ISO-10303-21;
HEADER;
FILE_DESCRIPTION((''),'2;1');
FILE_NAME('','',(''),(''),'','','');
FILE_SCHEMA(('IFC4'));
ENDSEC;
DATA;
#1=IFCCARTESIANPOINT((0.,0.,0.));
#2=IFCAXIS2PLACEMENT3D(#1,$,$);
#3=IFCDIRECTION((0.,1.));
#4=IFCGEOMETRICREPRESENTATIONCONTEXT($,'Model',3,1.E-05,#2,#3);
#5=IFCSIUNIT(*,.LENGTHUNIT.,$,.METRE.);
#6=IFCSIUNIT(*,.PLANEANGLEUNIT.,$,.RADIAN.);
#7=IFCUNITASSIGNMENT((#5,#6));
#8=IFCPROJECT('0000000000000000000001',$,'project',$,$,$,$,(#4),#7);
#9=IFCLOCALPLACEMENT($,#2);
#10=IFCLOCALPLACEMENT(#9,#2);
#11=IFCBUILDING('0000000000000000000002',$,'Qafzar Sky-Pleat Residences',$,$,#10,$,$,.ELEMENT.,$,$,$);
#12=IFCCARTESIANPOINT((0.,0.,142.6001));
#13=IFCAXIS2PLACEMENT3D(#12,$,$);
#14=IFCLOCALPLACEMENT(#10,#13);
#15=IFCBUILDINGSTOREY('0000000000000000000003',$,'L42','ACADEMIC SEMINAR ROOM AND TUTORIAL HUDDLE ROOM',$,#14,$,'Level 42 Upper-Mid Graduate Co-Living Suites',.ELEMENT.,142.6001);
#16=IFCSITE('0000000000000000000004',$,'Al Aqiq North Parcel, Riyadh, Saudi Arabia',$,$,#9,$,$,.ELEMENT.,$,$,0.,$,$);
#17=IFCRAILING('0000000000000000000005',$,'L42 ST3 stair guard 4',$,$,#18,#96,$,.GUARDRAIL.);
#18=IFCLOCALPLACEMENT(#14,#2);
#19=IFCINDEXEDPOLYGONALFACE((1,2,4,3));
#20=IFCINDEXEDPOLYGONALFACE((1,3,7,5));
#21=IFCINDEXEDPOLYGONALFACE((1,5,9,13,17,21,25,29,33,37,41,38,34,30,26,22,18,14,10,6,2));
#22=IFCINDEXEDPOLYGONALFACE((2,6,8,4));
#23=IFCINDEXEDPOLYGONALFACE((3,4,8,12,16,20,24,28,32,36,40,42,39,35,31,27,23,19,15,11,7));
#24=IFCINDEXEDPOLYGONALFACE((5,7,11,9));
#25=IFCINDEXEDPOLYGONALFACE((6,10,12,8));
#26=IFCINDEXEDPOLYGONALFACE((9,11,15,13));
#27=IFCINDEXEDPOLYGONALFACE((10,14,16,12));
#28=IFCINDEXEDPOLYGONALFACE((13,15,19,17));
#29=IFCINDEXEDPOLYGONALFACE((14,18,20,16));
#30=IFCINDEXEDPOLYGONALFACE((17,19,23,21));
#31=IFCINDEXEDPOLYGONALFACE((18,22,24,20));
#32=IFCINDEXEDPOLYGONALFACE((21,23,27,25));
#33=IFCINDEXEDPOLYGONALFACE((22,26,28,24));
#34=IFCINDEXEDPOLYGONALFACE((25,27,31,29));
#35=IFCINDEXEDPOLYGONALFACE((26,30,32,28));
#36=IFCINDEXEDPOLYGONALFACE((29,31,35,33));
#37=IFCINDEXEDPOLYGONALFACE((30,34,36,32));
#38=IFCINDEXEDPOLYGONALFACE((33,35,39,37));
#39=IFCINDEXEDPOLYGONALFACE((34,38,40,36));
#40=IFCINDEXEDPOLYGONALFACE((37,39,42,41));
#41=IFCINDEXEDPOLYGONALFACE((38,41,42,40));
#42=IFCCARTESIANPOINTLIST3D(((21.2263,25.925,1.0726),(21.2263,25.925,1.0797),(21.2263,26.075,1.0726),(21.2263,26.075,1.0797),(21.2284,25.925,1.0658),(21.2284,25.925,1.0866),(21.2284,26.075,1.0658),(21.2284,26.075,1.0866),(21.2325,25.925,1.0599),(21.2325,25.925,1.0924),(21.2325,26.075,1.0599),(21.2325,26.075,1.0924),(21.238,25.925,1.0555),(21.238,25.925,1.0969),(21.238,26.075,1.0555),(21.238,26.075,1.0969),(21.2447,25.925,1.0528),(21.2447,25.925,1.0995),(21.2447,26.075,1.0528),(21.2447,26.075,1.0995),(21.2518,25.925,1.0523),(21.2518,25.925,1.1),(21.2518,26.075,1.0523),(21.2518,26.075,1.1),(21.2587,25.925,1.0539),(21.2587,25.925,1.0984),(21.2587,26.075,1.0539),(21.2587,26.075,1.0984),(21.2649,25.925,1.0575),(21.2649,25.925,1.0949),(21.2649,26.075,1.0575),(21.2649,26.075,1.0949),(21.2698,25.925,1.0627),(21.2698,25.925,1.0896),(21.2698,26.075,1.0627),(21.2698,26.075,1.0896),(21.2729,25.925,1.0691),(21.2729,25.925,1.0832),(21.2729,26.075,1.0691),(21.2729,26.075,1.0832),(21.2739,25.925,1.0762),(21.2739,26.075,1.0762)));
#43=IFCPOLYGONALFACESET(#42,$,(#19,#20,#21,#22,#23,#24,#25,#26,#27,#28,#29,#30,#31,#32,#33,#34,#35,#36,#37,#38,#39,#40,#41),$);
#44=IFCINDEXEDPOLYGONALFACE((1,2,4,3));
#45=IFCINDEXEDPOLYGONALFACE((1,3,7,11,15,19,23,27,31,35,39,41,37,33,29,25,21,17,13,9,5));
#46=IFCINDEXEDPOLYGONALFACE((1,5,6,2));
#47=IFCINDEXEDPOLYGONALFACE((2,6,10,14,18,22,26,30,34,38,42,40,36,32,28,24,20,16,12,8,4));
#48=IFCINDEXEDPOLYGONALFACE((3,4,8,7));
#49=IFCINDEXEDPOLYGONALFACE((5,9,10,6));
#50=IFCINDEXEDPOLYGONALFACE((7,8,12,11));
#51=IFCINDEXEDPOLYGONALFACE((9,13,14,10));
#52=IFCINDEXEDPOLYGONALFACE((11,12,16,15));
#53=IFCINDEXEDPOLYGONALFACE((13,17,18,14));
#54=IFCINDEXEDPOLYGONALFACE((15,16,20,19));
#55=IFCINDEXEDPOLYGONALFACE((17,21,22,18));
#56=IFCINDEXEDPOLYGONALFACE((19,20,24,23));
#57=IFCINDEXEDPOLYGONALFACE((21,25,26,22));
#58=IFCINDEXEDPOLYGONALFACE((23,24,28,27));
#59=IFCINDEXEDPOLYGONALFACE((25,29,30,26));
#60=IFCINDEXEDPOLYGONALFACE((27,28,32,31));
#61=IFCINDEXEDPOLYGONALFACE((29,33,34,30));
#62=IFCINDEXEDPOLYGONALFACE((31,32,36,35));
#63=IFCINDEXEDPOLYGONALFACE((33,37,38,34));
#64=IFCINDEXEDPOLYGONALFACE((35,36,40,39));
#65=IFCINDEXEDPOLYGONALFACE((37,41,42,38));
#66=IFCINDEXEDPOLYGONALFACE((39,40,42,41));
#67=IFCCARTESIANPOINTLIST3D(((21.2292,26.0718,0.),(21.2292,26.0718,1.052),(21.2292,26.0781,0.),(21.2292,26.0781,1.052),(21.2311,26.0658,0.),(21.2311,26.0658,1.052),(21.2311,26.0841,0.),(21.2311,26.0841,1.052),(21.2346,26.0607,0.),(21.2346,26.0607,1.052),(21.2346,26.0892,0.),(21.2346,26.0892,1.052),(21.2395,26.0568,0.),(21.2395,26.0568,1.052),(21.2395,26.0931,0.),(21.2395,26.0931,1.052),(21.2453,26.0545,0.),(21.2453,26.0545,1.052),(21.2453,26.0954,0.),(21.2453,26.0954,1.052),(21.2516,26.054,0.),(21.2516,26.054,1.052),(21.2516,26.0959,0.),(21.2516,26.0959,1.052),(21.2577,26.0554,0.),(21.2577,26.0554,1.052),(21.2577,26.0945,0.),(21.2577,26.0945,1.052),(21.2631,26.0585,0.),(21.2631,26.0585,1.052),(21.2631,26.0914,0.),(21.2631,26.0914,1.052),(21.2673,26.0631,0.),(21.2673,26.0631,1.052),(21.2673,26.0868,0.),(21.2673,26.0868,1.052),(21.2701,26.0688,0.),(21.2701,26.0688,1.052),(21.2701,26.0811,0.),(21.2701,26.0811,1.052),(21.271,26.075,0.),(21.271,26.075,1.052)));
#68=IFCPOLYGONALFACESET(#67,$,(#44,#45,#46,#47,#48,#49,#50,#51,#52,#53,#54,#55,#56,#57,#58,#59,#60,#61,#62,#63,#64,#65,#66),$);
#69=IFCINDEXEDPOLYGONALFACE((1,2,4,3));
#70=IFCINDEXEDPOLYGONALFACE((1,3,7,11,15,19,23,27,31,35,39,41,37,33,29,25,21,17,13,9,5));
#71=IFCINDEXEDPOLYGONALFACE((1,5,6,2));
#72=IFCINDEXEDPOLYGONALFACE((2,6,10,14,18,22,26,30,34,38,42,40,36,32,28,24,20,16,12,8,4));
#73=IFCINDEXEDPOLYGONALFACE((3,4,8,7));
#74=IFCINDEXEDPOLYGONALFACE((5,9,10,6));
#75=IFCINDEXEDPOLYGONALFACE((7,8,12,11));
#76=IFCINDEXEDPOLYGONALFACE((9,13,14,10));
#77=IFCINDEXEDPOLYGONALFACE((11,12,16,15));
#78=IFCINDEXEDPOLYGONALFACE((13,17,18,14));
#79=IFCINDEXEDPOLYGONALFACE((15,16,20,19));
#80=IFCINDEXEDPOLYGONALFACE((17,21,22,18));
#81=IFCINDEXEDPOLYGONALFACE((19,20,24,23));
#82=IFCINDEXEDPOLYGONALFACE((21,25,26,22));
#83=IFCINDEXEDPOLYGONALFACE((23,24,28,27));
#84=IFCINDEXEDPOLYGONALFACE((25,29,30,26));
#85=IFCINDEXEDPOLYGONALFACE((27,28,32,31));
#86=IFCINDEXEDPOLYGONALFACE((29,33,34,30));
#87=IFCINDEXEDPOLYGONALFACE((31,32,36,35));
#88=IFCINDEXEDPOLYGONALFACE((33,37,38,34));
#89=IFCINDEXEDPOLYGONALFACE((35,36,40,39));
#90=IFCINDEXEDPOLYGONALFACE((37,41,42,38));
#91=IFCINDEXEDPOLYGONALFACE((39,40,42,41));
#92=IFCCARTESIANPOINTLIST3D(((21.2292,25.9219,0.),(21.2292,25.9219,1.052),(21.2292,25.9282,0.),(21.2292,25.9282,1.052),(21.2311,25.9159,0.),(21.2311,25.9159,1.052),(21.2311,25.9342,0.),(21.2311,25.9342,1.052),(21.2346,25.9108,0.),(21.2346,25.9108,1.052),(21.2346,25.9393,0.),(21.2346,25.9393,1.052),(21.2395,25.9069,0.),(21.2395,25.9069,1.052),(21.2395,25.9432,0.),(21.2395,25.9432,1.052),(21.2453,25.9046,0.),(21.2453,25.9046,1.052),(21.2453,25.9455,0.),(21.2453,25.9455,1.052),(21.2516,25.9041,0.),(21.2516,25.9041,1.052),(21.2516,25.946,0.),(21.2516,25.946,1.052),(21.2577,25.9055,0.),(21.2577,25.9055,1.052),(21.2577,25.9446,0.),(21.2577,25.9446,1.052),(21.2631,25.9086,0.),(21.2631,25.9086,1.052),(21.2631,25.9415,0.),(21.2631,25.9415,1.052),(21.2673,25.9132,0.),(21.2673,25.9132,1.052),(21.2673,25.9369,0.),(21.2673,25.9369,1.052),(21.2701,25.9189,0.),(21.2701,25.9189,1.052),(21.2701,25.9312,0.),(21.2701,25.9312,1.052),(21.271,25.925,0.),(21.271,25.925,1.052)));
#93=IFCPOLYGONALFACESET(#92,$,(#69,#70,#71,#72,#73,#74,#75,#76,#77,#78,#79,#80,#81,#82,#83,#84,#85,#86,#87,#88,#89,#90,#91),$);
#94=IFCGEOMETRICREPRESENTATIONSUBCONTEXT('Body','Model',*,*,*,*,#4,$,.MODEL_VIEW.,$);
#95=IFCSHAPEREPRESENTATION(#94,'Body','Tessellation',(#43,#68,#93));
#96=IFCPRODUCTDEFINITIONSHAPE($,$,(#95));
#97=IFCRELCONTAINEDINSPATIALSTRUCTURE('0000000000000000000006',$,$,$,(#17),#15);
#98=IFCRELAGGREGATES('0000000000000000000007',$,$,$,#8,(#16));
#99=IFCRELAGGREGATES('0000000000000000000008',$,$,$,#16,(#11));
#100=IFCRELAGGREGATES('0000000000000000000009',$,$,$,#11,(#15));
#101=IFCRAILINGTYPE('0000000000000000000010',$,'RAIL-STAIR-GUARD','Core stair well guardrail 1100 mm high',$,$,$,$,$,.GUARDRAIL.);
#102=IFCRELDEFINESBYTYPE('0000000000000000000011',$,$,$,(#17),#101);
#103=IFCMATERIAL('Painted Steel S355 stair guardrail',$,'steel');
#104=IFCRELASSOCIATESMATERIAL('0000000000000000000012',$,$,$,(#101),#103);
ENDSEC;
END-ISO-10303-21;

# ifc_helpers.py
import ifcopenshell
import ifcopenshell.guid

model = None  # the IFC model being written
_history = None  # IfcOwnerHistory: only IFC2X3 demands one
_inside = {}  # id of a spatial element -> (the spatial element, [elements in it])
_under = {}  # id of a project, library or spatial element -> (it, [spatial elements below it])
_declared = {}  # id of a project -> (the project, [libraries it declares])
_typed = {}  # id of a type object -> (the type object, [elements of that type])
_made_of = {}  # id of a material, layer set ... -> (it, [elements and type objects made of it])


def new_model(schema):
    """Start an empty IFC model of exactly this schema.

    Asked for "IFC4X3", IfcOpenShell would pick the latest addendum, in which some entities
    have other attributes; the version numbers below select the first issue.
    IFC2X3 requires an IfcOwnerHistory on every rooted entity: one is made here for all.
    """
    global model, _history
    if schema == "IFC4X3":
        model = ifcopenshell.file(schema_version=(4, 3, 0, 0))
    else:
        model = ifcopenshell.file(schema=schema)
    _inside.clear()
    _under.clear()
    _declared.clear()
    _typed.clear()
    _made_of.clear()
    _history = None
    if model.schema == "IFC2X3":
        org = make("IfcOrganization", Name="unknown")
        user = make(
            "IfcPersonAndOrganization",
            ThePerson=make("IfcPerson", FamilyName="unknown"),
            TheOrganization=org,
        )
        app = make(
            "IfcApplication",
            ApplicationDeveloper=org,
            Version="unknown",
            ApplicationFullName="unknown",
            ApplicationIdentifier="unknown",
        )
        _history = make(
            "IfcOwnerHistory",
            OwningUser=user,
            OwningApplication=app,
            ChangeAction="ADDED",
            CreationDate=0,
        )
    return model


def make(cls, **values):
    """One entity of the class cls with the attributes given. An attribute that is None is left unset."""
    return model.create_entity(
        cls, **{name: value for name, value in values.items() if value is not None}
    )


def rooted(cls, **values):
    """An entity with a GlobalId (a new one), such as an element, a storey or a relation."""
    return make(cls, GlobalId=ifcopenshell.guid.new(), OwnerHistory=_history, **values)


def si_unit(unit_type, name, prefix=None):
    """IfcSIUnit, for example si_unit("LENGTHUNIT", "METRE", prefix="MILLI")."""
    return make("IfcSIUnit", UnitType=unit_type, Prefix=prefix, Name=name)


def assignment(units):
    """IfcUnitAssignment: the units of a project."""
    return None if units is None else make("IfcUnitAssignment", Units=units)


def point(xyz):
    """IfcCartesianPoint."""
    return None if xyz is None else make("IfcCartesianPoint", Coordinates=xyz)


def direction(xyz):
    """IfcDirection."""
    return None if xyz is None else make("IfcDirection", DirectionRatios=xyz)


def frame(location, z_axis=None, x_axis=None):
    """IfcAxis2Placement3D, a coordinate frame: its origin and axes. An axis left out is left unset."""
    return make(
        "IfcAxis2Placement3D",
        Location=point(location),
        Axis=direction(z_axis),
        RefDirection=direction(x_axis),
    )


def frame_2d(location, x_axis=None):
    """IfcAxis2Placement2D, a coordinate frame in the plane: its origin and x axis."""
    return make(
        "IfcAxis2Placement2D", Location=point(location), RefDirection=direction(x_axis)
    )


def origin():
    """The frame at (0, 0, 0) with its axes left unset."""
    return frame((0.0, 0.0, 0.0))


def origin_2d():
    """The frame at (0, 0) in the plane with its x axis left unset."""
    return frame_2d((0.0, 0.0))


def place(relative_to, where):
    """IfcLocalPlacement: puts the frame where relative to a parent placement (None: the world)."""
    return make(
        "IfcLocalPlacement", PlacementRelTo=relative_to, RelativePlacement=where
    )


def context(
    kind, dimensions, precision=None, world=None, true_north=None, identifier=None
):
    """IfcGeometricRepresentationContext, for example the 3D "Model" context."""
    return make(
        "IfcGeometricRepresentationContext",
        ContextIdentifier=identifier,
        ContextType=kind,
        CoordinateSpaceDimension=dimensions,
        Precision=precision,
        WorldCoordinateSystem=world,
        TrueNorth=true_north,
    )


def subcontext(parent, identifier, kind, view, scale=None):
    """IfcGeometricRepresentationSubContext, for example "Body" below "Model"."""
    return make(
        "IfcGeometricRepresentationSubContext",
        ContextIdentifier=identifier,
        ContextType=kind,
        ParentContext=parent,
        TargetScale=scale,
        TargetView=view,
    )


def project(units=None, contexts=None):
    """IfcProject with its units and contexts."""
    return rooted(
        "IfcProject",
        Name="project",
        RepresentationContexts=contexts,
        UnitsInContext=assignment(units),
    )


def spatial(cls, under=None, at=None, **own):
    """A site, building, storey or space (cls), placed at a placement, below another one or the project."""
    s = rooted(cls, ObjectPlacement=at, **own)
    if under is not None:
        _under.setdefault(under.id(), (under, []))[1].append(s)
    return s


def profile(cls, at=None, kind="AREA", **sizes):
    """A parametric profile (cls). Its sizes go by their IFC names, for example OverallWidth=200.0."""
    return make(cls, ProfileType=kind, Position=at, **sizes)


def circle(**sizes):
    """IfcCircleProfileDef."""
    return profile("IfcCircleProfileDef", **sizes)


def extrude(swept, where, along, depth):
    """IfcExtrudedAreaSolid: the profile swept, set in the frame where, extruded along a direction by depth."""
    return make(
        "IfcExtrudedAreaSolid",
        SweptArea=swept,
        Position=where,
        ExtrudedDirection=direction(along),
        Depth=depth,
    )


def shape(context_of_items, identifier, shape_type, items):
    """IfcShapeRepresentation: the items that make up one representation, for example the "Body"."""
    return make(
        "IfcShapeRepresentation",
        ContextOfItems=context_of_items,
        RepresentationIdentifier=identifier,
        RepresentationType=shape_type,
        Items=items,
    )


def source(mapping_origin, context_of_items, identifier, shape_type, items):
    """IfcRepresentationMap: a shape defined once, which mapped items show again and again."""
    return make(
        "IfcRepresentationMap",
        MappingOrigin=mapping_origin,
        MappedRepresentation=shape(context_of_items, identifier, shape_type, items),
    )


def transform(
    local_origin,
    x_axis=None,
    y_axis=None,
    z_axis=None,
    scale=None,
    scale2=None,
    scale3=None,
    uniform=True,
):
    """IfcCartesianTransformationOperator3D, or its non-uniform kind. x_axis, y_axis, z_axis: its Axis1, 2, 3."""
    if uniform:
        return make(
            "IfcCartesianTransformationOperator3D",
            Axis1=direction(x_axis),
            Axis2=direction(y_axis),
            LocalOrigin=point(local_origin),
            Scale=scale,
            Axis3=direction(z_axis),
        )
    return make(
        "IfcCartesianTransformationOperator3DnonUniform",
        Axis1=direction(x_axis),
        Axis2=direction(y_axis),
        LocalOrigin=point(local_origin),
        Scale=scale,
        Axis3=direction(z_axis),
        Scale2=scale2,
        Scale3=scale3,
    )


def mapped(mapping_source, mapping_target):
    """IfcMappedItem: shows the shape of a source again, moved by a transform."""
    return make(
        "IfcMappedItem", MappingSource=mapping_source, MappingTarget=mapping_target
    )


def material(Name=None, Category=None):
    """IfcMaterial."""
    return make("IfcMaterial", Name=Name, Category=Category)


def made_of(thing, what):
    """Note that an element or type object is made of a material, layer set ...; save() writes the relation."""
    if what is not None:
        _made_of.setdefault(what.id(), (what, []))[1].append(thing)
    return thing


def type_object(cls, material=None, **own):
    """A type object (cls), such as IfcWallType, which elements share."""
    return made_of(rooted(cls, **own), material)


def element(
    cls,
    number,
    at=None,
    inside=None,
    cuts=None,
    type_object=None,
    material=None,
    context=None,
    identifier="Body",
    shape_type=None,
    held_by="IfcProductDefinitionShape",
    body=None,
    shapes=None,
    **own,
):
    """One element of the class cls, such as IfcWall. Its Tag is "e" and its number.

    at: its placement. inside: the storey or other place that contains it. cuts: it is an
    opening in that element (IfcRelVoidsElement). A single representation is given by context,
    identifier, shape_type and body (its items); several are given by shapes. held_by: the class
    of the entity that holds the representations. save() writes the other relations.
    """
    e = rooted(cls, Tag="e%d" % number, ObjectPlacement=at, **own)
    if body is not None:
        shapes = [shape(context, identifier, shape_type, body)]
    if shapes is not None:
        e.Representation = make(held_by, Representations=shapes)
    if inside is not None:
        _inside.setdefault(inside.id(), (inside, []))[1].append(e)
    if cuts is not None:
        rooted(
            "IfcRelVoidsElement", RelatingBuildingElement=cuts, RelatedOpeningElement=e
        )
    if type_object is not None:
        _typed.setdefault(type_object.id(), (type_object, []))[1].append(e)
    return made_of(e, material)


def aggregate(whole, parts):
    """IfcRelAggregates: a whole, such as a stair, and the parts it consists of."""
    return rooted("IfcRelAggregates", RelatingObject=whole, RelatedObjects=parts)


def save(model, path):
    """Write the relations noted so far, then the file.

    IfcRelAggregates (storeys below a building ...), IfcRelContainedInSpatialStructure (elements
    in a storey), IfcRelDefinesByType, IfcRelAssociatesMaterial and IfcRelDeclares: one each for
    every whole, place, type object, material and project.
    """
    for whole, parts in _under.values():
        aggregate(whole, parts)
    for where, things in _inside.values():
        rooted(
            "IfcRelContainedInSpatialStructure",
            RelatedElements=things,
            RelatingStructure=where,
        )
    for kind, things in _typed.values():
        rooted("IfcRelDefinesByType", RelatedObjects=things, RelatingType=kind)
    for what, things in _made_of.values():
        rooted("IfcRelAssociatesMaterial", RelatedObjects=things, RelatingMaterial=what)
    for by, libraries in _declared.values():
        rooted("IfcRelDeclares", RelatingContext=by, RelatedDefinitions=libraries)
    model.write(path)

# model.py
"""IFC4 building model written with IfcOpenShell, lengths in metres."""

from ifc_helpers import new_model, si_unit, direction, frame, origin, origin_2d, place, context, subcontext, project, spatial, circle, extrude, source, transform, mapped, material, type_object, element, save


model = new_model("IFC4")

# Units and contexts
model_context = context("Model", 3, precision=1e-05, world=origin(), true_north=direction((0.0, 1.0)))
body_context = subcontext(model_context, "Body", "Model", "MODEL_VIEW")
ifc_project = project(units=[si_unit("LENGTHUNIT", "METRE"), si_unit("PLANEANGLEUNIT", "RADIAN")], contexts=[model_context])

# Site, building, storey
site_placement = place(None, origin())
site = spatial("IfcSite", under=ifc_project, at=site_placement, Name="Al Aqiq North Parcel, Riyadh, Saudi Arabia", CompositionType="ELEMENT", RefElevation=0.0)
building_placement = place(site_placement, origin())
building = spatial("IfcBuilding", under=site, at=building_placement, Name="Qafzar Sky-Pleat Residences", CompositionType="ELEMENT")
storey_placement = place(building_placement, frame((0.0, 0.0, 142.6001)))
storey = spatial("IfcBuildingStorey", under=building, at=storey_placement, Name="L42", Description="ACADEMIC SEMINAR ROOM AND TUTORIAL HUDDLE ROOM", LongName="Level 42 Upper-Mid Graduate Co-Living Suites", CompositionType="ELEMENT", Elevation=142.6001)

# Railing
ifc_material_1 = material(Name="Painted Steel S355 stair guardrail", Category="steel")
railing_type_1 = type_object("IfcRailingType", Name="RAIL-STAIR-GUARD", Description="Core stair well guardrail 1100 mm high", PredefinedType="GUARDRAIL", material=ifc_material_1)
shared_shape_1 = source(origin(), body_context, "Body", "SweptSolid", [
    extrude(circle(Radius=0.0239, at=origin_2d()), frame((0.0, 0.0, 1.0762), z_axis=(0.0, -1.0, 0.0), x_axis=(1.0, 0.0, 0.0)), (0.0, 0.0, 1.0), 0.1499),
    extrude(circle(Radius=0.021, at=origin_2d()), origin(), (0.0, 0.0, 1.0), 1.052),
    extrude(circle(Radius=0.021, at=origin_2d()), frame((0.0, -0.1499, 0.0)), (0.0, 0.0, 1.0), 1.052),
])
for number, where, name in (
    (1, (21.25, 26.075, 0.0), "L42 ST3 stair guard 4"),
):
    element("IfcRailing", number, at=place(storey_placement, frame(where)), inside=storey, type_object=railing_type_1, Name=name, PredefinedType="GUARDRAIL", context=body_context, shape_type="MappedRepresentation", body=[
        mapped(shared_shape_1, transform((0.0, 0.0, 0.0), x_axis=(1.0, 0.0, 0.0), y_axis=(0.0, 1.0, 0.0), z_axis=(0.0, 0.0, 1.0), scale=1.0)),
    ])

save(model, "model.ifc")
